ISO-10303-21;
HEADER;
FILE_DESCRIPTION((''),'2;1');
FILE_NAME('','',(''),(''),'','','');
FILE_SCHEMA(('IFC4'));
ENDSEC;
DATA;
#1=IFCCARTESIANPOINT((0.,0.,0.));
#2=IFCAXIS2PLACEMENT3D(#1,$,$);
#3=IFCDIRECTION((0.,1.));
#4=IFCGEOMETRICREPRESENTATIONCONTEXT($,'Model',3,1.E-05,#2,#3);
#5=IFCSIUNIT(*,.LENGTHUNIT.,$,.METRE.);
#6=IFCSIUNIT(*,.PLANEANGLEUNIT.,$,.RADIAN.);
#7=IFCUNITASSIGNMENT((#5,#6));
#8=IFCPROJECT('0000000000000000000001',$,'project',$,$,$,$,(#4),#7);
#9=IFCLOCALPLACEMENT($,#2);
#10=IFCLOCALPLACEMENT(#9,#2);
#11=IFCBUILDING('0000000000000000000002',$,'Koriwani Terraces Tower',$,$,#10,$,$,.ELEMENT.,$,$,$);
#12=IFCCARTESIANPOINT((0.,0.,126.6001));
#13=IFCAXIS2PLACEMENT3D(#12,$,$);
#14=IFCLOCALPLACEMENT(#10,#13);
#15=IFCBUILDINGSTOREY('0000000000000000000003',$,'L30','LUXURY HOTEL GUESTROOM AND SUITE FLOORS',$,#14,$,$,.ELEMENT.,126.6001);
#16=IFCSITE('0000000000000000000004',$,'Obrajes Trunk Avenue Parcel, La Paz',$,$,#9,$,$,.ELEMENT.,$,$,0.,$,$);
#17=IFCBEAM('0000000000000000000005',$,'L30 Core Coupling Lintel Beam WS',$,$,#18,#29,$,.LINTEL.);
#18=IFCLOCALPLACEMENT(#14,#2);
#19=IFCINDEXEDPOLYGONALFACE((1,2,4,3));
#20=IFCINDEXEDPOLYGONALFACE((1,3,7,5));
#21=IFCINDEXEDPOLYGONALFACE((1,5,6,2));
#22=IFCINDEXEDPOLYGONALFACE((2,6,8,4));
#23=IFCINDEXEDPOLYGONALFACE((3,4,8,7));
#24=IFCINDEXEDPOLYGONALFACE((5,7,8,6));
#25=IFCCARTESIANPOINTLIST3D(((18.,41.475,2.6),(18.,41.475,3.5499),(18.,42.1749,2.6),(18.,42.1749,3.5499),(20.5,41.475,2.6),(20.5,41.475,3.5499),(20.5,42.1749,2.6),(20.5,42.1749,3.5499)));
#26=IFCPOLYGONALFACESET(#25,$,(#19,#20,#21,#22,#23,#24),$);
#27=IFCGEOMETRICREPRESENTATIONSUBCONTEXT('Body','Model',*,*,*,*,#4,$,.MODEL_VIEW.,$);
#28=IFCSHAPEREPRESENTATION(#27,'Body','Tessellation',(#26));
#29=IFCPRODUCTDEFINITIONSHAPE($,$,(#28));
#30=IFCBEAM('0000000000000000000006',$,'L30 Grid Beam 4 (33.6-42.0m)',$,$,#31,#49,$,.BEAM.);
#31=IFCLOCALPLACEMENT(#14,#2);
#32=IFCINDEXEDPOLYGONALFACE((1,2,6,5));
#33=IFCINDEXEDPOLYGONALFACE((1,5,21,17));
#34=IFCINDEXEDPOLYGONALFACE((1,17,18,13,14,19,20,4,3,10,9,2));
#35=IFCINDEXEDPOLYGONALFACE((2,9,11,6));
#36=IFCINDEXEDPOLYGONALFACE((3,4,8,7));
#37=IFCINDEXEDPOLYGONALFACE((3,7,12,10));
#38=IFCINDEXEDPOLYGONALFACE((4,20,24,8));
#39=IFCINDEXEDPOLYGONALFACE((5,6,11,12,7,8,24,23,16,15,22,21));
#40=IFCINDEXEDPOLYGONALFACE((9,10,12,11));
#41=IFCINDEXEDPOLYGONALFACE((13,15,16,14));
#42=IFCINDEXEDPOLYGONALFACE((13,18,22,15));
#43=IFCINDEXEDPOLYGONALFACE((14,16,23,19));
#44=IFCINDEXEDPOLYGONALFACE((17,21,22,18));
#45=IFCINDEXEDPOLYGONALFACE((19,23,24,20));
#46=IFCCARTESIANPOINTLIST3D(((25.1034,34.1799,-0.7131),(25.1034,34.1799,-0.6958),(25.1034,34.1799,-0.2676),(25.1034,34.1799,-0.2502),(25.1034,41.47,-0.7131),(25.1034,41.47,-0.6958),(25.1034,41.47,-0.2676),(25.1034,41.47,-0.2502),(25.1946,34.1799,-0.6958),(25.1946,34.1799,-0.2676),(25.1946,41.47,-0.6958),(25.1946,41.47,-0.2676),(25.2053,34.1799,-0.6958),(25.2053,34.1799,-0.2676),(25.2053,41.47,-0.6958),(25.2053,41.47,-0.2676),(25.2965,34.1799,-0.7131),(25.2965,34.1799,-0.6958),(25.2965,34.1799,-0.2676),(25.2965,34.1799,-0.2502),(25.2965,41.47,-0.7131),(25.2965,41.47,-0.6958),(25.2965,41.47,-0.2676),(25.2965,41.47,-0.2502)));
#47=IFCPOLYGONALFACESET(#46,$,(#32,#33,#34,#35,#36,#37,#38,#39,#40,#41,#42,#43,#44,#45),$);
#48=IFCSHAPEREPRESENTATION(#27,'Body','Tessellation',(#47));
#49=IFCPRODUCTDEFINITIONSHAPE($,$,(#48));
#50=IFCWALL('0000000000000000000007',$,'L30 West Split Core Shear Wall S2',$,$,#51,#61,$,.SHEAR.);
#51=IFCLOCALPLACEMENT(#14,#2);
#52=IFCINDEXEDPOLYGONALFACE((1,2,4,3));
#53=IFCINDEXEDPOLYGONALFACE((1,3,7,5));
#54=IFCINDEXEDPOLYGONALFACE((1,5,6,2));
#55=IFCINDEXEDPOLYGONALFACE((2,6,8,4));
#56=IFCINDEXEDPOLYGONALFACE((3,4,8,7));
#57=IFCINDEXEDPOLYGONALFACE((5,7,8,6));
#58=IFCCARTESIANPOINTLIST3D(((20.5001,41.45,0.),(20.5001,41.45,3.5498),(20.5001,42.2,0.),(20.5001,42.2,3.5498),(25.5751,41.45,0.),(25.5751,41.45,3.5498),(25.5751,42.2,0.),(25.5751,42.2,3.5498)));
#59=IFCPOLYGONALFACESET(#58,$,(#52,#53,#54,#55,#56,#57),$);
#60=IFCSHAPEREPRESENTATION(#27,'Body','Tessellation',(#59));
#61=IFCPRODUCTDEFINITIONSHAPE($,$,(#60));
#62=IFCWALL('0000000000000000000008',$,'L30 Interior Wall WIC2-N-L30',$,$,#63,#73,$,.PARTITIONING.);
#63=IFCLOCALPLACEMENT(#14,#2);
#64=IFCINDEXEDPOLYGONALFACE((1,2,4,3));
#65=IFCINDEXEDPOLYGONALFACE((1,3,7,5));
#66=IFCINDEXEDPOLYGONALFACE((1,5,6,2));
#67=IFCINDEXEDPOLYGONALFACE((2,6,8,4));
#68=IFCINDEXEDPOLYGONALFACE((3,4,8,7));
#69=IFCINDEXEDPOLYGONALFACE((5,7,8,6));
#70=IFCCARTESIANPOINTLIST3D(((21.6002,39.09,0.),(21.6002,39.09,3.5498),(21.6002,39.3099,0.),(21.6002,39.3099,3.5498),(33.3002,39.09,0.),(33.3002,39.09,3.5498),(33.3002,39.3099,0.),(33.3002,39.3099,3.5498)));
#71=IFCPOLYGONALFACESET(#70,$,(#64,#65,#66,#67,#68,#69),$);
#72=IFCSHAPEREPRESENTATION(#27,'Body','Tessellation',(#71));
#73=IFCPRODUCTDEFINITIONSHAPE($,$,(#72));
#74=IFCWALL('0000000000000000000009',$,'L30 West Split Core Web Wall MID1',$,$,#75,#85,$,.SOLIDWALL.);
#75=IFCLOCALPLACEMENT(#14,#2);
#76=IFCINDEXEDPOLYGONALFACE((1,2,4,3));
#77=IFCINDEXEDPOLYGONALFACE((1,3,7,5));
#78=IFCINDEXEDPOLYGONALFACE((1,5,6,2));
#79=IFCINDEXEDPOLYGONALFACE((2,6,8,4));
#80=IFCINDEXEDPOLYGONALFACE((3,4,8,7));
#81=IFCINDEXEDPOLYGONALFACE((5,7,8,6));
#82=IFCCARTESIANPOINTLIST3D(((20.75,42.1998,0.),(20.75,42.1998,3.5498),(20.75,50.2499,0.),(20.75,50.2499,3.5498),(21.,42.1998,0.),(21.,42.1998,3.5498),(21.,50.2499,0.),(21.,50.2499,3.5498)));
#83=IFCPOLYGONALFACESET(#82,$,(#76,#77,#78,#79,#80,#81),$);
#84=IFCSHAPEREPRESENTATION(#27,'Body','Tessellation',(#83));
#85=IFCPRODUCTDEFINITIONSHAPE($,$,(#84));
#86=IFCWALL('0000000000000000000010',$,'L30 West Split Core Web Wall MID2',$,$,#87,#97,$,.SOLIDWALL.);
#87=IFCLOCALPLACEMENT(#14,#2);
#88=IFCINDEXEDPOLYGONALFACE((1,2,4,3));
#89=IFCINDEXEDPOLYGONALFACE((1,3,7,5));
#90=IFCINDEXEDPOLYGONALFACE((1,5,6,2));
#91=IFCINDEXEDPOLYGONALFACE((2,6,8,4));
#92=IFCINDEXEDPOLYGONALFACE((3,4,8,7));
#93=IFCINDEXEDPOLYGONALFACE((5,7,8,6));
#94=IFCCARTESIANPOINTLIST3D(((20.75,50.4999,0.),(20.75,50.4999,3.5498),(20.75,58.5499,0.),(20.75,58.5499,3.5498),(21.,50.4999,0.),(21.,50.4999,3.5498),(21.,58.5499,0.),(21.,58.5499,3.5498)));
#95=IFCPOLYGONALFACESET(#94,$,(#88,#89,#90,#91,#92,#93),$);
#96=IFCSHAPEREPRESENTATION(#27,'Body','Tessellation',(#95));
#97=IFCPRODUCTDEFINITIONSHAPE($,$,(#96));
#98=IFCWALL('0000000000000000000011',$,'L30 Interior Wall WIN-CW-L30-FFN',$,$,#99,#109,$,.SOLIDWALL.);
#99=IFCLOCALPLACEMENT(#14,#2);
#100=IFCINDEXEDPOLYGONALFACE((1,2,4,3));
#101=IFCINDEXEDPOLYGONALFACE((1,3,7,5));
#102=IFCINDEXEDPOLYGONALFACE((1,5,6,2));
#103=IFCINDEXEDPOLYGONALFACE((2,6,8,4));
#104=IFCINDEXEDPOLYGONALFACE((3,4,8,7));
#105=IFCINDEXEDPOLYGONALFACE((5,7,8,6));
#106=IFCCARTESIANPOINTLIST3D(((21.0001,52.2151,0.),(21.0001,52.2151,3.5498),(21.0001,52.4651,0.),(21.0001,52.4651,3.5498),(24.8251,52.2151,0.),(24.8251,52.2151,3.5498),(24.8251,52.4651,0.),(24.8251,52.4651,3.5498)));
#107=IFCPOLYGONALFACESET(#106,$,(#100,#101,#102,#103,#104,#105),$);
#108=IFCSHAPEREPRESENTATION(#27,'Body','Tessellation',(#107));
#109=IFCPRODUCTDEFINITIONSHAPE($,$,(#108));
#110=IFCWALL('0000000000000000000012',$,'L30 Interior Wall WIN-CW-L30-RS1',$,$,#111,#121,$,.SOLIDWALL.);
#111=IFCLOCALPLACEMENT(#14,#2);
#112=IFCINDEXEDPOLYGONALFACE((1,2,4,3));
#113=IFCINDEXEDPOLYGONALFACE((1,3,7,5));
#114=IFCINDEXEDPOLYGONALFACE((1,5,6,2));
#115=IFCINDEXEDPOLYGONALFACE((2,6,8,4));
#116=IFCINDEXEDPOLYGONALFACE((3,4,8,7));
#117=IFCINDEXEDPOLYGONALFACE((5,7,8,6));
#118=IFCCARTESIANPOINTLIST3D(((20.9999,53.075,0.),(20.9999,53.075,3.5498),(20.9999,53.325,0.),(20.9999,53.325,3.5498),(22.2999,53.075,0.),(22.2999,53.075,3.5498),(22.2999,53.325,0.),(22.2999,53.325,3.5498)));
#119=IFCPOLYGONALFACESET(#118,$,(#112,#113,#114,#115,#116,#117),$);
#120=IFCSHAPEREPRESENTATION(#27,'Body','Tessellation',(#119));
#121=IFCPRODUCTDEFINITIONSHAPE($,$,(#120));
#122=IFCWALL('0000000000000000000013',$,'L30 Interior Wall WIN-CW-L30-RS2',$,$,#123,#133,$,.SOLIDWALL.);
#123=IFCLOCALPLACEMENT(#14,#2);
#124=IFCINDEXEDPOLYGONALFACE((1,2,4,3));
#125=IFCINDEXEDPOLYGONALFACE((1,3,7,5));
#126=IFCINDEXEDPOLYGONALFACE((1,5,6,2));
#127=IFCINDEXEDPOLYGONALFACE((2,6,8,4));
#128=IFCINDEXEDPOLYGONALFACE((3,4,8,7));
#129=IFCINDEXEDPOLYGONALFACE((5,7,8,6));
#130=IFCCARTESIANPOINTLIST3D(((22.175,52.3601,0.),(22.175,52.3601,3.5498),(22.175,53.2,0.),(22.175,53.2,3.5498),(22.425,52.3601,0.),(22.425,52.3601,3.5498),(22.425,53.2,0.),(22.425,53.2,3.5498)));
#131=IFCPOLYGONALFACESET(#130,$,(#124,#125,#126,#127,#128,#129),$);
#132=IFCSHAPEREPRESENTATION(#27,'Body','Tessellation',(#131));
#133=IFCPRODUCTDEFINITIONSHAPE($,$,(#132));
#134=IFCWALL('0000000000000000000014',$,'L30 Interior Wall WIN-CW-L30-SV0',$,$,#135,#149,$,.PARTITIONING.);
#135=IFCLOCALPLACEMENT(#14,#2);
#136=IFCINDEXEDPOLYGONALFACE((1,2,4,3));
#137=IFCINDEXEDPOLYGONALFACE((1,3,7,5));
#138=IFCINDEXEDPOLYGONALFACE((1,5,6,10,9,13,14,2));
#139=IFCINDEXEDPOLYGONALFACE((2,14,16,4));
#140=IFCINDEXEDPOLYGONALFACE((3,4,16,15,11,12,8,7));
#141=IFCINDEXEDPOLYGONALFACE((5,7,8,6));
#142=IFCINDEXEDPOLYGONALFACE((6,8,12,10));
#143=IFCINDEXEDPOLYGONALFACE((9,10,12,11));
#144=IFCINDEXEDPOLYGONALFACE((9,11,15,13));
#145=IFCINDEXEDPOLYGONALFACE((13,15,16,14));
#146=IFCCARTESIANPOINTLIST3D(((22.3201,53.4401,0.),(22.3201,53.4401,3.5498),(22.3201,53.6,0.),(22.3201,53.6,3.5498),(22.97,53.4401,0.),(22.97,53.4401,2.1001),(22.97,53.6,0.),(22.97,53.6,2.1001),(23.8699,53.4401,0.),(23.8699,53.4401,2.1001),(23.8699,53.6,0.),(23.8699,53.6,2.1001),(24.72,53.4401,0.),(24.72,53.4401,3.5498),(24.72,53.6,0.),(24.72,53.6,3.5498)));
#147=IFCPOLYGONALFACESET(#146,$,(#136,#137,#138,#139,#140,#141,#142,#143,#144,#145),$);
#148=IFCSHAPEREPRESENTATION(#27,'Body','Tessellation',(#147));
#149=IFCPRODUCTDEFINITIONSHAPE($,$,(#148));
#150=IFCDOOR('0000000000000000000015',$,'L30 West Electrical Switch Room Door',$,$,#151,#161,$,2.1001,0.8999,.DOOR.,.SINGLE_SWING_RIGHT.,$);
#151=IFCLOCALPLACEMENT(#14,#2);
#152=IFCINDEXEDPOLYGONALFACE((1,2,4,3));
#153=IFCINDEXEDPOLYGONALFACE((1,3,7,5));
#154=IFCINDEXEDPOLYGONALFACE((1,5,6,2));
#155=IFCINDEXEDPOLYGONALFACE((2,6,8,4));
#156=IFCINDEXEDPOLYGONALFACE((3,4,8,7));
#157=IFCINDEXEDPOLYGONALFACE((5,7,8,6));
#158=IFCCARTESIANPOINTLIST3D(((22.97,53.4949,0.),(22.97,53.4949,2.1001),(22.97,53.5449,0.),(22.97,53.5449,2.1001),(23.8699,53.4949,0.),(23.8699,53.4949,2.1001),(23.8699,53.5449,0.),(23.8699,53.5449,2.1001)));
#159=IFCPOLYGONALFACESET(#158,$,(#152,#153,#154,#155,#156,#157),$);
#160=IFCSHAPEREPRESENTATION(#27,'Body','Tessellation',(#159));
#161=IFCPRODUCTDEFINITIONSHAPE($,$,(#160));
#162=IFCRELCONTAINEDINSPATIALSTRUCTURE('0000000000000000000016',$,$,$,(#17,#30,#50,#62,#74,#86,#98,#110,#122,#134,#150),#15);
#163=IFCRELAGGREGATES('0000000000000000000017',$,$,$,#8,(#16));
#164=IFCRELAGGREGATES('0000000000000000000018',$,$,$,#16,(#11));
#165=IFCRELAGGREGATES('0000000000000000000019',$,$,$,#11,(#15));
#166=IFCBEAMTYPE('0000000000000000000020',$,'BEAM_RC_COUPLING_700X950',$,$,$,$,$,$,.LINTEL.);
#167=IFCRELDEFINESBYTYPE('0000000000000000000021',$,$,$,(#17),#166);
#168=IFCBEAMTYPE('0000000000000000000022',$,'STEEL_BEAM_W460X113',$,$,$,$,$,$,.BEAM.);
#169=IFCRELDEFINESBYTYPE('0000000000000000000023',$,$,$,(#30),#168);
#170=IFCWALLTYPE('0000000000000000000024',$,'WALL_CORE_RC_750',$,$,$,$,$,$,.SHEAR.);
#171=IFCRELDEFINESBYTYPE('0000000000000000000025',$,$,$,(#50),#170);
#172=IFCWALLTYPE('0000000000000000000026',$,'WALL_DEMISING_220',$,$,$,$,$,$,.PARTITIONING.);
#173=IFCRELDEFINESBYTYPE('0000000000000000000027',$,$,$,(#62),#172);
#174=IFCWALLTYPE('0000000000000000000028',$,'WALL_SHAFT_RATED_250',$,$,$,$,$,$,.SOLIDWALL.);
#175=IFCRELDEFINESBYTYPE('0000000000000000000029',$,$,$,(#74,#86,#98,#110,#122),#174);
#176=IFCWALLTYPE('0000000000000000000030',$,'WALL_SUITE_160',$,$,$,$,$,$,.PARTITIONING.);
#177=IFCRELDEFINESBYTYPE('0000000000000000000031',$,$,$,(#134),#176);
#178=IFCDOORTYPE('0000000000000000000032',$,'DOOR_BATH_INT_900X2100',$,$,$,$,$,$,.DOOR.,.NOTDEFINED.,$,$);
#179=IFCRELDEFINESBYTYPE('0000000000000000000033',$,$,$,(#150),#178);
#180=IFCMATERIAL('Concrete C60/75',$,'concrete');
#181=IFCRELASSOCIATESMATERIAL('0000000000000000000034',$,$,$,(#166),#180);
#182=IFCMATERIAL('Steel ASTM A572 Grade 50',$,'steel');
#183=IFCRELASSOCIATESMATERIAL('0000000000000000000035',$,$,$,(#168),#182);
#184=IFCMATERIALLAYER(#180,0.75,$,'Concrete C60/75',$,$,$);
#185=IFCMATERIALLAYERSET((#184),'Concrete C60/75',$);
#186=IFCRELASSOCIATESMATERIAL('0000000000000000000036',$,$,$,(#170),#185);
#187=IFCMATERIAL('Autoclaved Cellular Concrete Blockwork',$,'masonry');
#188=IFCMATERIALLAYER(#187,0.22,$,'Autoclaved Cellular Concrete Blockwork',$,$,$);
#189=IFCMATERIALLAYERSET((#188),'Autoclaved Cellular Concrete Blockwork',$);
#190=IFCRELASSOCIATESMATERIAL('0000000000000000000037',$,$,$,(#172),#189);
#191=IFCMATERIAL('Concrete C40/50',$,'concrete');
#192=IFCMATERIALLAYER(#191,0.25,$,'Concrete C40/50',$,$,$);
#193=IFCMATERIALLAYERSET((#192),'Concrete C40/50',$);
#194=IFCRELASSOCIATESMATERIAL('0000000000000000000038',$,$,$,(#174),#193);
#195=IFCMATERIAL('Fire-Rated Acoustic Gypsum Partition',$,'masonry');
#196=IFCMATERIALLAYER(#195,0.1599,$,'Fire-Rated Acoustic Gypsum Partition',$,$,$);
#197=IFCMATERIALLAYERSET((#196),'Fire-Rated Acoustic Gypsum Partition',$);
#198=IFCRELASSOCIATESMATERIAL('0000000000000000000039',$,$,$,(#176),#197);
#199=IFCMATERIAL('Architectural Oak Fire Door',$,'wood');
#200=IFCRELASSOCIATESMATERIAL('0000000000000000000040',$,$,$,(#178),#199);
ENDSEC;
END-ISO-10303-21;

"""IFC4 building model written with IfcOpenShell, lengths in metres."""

from ifc_helpers import new_model, si_unit, direction, frame, frame_2d, origin, origin_2d, place, context, subcontext, project, spatial, rectangle, i_section, extrude, material, layer, layer_set, material_profile, profile_set, type_object, element, fill, save


model = new_model("IFC4")

# Units and contexts
model_context = context("Model", 3, precision=1e-05, world=origin(), true_north=direction((0.0, 1.0)))
body_context = subcontext(model_context, "Body", "Model", "MODEL_VIEW")
ifc_project = project(units=[si_unit("LENGTHUNIT", "METRE"), si_unit("PLANEANGLEUNIT", "RADIAN")], contexts=[model_context])

# Site, building, storey
site_placement = place(None, origin())
site = spatial("IfcSite", under=ifc_project, at=site_placement, Name="Obrajes Trunk Avenue Parcel, La Paz", CompositionType="ELEMENT", RefElevation=0.0)
building_placement = place(site_placement, origin())
building = spatial("IfcBuilding", under=site, at=building_placement, Name="Koriwani Terraces Tower", CompositionType="ELEMENT")
storey_placement = place(building_placement, frame((0.0, 0.0, 126.6001)))
storey = spatial("IfcBuildingStorey", under=building, at=storey_placement, Name="L30", Description="LUXURY HOTEL GUESTROOM AND SUITE FLOORS", CompositionType="ELEMENT", Elevation=126.6001)

# Beams
ifc_material_1 = material(Name="Concrete C60/75", Category="concrete")
ifc_material_profile_1 = material_profile(ifc_material_1, rectangle(XDim=0.7, YDim=0.95, at=origin_2d()), Name="Concrete C60/75", Category="LoadBearing")
ifc_profile_set_1 = profile_set([ifc_material_profile_1], Name="Concrete C60/75")
beam_type_1 = type_object("IfcBeamType", Name="BEAM_RC_COUPLING_700X950", PredefinedType="LINTEL", material=ifc_profile_set_1)
beam_1_placement = place(storey_placement, frame((18.0, 41.825, 3.075), z_axis=(1.0, 0.0, 0.0), x_axis=(0.0, 1.0, 0.0)))
element("IfcBeam", 1, at=beam_1_placement, inside=storey, type_object=beam_type_1, Name="L30 Core Coupling Lintel Beam WS", PredefinedType="LINTEL", context=body_context, shape_type="SweptSolid", body=[
    extrude(rectangle(XDim=0.7, YDim=0.95, at=origin_2d()), origin(), (0.0, 0.0, 1.0), 2.5),
])
ifc_material_2 = material(Name="Steel ASTM A572 Grade 50", Category="steel")
ifc_material_profile_2 = material_profile(ifc_material_2, i_section(OverallWidth=0.1931, OverallDepth=0.4629, WebThickness=0.0107, FlangeThickness=0.0173, at=origin_2d()), Name="Steel ASTM A572 Grade 50", Category="LoadBearing")
ifc_profile_set_2 = profile_set([ifc_material_profile_2], Name="Steel ASTM A572 Grade 50")
beam_type_2 = type_object("IfcBeamType", Name="STEEL_BEAM_W460X113", PredefinedType="BEAM", material=ifc_profile_set_2)
beam_2_placement = place(storey_placement, frame((25.2, 34.1799, -0.4817), z_axis=(0.0, 1.0, 0.0), x_axis=(-1.0, 0.0, 0.0)))
element("IfcBeam", 2, at=beam_2_placement, inside=storey, type_object=beam_type_2, Name="L30 Grid Beam 4 (33.6-42.0m)", PredefinedType="BEAM", context=body_context, shape_type="SweptSolid", body=[
    extrude(i_section(OverallWidth=0.1931, OverallDepth=0.4629, WebThickness=0.0107, FlangeThickness=0.0173, at=origin_2d()), origin(), (0.0, 0.0, 1.0), 7.29),
])

# Walls
ifc_layer_1 = layer(ifc_material_1, 0.75, Name="Concrete C60/75")
ifc_layer_set_1 = layer_set([ifc_layer_1], Name="Concrete C60/75")
wall_type_1 = type_object("IfcWallType", Name="WALL_CORE_RC_750", PredefinedType="SHEAR", material=ifc_layer_set_1)
wall_1_placement = place(storey_placement, frame((20.5, 41.825, 0.0), z_axis=(0.0, 0.0, 1.0), x_axis=(1.0, 0.0, 0.0)))
element("IfcWall", 3, at=wall_1_placement, inside=storey, type_object=wall_type_1, Name="L30 West Split Core Shear Wall S2", PredefinedType="SHEAR", context=body_context, shape_type="SweptSolid", body=[
    extrude(rectangle(XDim=5.075, YDim=0.75, at=frame_2d((2.5376, 0.0))), origin(), (0.0, 0.0, 1.0), 3.5498),
])
ifc_material_3 = material(Name="Autoclaved Cellular Concrete Blockwork", Category="masonry")
ifc_layer_2 = layer(ifc_material_3, 0.22, Name="Autoclaved Cellular Concrete Blockwork")
ifc_layer_set_2 = layer_set([ifc_layer_2], Name="Autoclaved Cellular Concrete Blockwork")
wall_type_2 = type_object("IfcWallType", Name="WALL_DEMISING_220", PredefinedType="PARTITIONING", material=ifc_layer_set_2)
wall_2_placement = place(storey_placement, frame((21.6001, 39.2, 0.0), z_axis=(0.0, 0.0, 1.0), x_axis=(1.0, 0.0, 0.0)))
element("IfcWall", 4, at=wall_2_placement, inside=storey, type_object=wall_type_2, Name="L30 Interior Wall WIC2-N-L30", PredefinedType="PARTITIONING", context=body_context, shape_type="SweptSolid", body=[
    extrude(rectangle(XDim=11.7, YDim=0.22, at=frame_2d((5.8501, 0.0))), origin(), (0.0, 0.0, 1.0), 3.5498),
])
ifc_material_4 = material(Name="Concrete C40/50", Category="concrete")
ifc_layer_3 = layer(ifc_material_4, 0.25, Name="Concrete C40/50")
ifc_layer_set_3 = layer_set([ifc_layer_3], Name="Concrete C40/50")
wall_type_3 = type_object("IfcWallType", Name="WALL_SHAFT_RATED_250", PredefinedType="SOLIDWALL", material=ifc_layer_set_3)
for number, where, z_axis, x_axis, name in (
    (5, (20.875, 42.2, 0.0), (0.0, 0.0, 1.0), (0.0, 1.0, 0.0), "L30 West Split Core Web Wall MID1"),
    (6, (20.875, 50.5, 0.0), (0.0, 0.0, 1.0), (0.0, 1.0, 0.0), "L30 West Split Core Web Wall MID2"),
):
    element("IfcWall", number, at=place(storey_placement, frame(where, z_axis=z_axis, x_axis=x_axis)), inside=storey, type_object=wall_type_3, Name=name, PredefinedType="SOLIDWALL", context=body_context, shape_type="SweptSolid", body=[
        extrude(rectangle(XDim=8.05, YDim=0.25, at=frame_2d((4.0249, 0.0))), origin(), (0.0, 0.0, 1.0), 3.5498),
    ])

# Wall
wall_3_placement = place(storey_placement, frame((21.0, 52.3401, 0.0), z_axis=(0.0, 0.0, 1.0), x_axis=(1.0, 0.0, 0.0)))
element("IfcWall", 7, at=wall_3_placement, inside=storey, type_object=wall_type_3, Name="L30 Interior Wall WIN-CW-L30-FFN", PredefinedType="SOLIDWALL", context=body_context, shape_type="SweptSolid", body=[
    extrude(rectangle(XDim=3.825, YDim=0.25, at=frame_2d((1.9126, 0.0))), origin(), (0.0, 0.0, 1.0), 3.5498),
])

# Walls
wall_4_placement = place(storey_placement, frame((21.0, 53.2, 0.0), z_axis=(0.0, 0.0, 1.0), x_axis=(1.0, 0.0, 0.0)))
element("IfcWall", 8, at=wall_4_placement, inside=storey, type_object=wall_type_3, Name="L30 Interior Wall WIN-CW-L30-RS1", PredefinedType="SOLIDWALL", context=body_context, shape_type="SweptSolid", body=[
    extrude(rectangle(XDim=1.3, YDim=0.25, at=frame_2d((0.6499, 0.0))), origin(), (0.0, 0.0, 1.0), 3.5498),
])
wall_5_placement = place(storey_placement, frame((22.3, 52.3601, 0.0), z_axis=(0.0, 0.0, 1.0), x_axis=(0.0, 1.0, 0.0)))
element("IfcWall", 9, at=wall_5_placement, inside=storey, type_object=wall_type_3, Name="L30 Interior Wall WIN-CW-L30-RS2", PredefinedType="SOLIDWALL", context=body_context, shape_type="SweptSolid", body=[
    extrude(rectangle(XDim=0.8398, YDim=0.25, at=frame_2d((0.4199, 0.0))), origin(), (0.0, 0.0, 1.0), 3.5498),
])

# Wall, opening, door
ifc_material_5 = material(Name="Fire-Rated Acoustic Gypsum Partition", Category="masonry")
ifc_layer_4 = layer(ifc_material_5, 0.1599, Name="Fire-Rated Acoustic Gypsum Partition")
ifc_layer_set_4 = layer_set([ifc_layer_4], Name="Fire-Rated Acoustic Gypsum Partition")
wall_type_4 = type_object("IfcWallType", Name="WALL_SUITE_160", PredefinedType="PARTITIONING", material=ifc_layer_set_4)
wall_6_placement = place(storey_placement, frame((22.3201, 53.52, 0.0), z_axis=(0.0, 0.0, 1.0), x_axis=(1.0, 0.0, 0.0)))
wall_6 = element("IfcWall", 10, at=wall_6_placement, inside=storey, type_object=wall_type_4, Name="L30 Interior Wall WIN-CW-L30-SV0", PredefinedType="PARTITIONING", context=body_context, shape_type="SweptSolid", body=[
    extrude(rectangle(XDim=2.3999, YDim=0.1599, at=frame_2d((1.2, 0.0))), origin(), (0.0, 0.0, 1.0), 3.5498),
])
opening_1_placement = place(wall_6_placement, frame((0.6499, 0.0, 0.0)))
opening_1 = element("IfcOpeningElement", 11, at=opening_1_placement, cuts=wall_6, PredefinedType="OPENING", context=body_context, shape_type="SweptSolid", body=[
    extrude(rectangle(XDim=0.8999, YDim=2.1001, at=frame_2d((0.45, 1.05))), frame((0.0, 0.0898, 0.0), z_axis=(0.0, -1.0, 0.0), x_axis=(1.0, 0.0, 0.0)), (0.0, 0.0, 1.0), 0.1799),
])
ifc_material_6 = material(Name="Architectural Oak Fire Door", Category="wood")
door_type_1 = type_object("IfcDoorType", Name="DOOR_BATH_INT_900X2100", OperationType="NOTDEFINED", PredefinedType="DOOR", material=ifc_material_6)
door_1_placement = place(opening_1_placement, origin())
door_1 = element("IfcDoor", 12, at=door_1_placement, inside=storey, type_object=door_type_1, Name="L30 West Electrical Switch Room Door", OperationType="SINGLE_SWING_RIGHT", OverallHeight=2.1001, OverallWidth=0.8999, PredefinedType="DOOR", context=body_context, shape_type="SweptSolid", body=[
    extrude(rectangle(XDim=0.8999, YDim=2.1001, at=frame_2d((0.45, 1.05))), frame((0.0, 0.0249, 0.0), z_axis=(0.0, -1.0, 0.0), x_axis=(1.0, 0.0, 0.0)), (0.0, 0.0, 1.0), 0.05),
])
fill(opening_1, door_1)

save(model, "model.ifc")
